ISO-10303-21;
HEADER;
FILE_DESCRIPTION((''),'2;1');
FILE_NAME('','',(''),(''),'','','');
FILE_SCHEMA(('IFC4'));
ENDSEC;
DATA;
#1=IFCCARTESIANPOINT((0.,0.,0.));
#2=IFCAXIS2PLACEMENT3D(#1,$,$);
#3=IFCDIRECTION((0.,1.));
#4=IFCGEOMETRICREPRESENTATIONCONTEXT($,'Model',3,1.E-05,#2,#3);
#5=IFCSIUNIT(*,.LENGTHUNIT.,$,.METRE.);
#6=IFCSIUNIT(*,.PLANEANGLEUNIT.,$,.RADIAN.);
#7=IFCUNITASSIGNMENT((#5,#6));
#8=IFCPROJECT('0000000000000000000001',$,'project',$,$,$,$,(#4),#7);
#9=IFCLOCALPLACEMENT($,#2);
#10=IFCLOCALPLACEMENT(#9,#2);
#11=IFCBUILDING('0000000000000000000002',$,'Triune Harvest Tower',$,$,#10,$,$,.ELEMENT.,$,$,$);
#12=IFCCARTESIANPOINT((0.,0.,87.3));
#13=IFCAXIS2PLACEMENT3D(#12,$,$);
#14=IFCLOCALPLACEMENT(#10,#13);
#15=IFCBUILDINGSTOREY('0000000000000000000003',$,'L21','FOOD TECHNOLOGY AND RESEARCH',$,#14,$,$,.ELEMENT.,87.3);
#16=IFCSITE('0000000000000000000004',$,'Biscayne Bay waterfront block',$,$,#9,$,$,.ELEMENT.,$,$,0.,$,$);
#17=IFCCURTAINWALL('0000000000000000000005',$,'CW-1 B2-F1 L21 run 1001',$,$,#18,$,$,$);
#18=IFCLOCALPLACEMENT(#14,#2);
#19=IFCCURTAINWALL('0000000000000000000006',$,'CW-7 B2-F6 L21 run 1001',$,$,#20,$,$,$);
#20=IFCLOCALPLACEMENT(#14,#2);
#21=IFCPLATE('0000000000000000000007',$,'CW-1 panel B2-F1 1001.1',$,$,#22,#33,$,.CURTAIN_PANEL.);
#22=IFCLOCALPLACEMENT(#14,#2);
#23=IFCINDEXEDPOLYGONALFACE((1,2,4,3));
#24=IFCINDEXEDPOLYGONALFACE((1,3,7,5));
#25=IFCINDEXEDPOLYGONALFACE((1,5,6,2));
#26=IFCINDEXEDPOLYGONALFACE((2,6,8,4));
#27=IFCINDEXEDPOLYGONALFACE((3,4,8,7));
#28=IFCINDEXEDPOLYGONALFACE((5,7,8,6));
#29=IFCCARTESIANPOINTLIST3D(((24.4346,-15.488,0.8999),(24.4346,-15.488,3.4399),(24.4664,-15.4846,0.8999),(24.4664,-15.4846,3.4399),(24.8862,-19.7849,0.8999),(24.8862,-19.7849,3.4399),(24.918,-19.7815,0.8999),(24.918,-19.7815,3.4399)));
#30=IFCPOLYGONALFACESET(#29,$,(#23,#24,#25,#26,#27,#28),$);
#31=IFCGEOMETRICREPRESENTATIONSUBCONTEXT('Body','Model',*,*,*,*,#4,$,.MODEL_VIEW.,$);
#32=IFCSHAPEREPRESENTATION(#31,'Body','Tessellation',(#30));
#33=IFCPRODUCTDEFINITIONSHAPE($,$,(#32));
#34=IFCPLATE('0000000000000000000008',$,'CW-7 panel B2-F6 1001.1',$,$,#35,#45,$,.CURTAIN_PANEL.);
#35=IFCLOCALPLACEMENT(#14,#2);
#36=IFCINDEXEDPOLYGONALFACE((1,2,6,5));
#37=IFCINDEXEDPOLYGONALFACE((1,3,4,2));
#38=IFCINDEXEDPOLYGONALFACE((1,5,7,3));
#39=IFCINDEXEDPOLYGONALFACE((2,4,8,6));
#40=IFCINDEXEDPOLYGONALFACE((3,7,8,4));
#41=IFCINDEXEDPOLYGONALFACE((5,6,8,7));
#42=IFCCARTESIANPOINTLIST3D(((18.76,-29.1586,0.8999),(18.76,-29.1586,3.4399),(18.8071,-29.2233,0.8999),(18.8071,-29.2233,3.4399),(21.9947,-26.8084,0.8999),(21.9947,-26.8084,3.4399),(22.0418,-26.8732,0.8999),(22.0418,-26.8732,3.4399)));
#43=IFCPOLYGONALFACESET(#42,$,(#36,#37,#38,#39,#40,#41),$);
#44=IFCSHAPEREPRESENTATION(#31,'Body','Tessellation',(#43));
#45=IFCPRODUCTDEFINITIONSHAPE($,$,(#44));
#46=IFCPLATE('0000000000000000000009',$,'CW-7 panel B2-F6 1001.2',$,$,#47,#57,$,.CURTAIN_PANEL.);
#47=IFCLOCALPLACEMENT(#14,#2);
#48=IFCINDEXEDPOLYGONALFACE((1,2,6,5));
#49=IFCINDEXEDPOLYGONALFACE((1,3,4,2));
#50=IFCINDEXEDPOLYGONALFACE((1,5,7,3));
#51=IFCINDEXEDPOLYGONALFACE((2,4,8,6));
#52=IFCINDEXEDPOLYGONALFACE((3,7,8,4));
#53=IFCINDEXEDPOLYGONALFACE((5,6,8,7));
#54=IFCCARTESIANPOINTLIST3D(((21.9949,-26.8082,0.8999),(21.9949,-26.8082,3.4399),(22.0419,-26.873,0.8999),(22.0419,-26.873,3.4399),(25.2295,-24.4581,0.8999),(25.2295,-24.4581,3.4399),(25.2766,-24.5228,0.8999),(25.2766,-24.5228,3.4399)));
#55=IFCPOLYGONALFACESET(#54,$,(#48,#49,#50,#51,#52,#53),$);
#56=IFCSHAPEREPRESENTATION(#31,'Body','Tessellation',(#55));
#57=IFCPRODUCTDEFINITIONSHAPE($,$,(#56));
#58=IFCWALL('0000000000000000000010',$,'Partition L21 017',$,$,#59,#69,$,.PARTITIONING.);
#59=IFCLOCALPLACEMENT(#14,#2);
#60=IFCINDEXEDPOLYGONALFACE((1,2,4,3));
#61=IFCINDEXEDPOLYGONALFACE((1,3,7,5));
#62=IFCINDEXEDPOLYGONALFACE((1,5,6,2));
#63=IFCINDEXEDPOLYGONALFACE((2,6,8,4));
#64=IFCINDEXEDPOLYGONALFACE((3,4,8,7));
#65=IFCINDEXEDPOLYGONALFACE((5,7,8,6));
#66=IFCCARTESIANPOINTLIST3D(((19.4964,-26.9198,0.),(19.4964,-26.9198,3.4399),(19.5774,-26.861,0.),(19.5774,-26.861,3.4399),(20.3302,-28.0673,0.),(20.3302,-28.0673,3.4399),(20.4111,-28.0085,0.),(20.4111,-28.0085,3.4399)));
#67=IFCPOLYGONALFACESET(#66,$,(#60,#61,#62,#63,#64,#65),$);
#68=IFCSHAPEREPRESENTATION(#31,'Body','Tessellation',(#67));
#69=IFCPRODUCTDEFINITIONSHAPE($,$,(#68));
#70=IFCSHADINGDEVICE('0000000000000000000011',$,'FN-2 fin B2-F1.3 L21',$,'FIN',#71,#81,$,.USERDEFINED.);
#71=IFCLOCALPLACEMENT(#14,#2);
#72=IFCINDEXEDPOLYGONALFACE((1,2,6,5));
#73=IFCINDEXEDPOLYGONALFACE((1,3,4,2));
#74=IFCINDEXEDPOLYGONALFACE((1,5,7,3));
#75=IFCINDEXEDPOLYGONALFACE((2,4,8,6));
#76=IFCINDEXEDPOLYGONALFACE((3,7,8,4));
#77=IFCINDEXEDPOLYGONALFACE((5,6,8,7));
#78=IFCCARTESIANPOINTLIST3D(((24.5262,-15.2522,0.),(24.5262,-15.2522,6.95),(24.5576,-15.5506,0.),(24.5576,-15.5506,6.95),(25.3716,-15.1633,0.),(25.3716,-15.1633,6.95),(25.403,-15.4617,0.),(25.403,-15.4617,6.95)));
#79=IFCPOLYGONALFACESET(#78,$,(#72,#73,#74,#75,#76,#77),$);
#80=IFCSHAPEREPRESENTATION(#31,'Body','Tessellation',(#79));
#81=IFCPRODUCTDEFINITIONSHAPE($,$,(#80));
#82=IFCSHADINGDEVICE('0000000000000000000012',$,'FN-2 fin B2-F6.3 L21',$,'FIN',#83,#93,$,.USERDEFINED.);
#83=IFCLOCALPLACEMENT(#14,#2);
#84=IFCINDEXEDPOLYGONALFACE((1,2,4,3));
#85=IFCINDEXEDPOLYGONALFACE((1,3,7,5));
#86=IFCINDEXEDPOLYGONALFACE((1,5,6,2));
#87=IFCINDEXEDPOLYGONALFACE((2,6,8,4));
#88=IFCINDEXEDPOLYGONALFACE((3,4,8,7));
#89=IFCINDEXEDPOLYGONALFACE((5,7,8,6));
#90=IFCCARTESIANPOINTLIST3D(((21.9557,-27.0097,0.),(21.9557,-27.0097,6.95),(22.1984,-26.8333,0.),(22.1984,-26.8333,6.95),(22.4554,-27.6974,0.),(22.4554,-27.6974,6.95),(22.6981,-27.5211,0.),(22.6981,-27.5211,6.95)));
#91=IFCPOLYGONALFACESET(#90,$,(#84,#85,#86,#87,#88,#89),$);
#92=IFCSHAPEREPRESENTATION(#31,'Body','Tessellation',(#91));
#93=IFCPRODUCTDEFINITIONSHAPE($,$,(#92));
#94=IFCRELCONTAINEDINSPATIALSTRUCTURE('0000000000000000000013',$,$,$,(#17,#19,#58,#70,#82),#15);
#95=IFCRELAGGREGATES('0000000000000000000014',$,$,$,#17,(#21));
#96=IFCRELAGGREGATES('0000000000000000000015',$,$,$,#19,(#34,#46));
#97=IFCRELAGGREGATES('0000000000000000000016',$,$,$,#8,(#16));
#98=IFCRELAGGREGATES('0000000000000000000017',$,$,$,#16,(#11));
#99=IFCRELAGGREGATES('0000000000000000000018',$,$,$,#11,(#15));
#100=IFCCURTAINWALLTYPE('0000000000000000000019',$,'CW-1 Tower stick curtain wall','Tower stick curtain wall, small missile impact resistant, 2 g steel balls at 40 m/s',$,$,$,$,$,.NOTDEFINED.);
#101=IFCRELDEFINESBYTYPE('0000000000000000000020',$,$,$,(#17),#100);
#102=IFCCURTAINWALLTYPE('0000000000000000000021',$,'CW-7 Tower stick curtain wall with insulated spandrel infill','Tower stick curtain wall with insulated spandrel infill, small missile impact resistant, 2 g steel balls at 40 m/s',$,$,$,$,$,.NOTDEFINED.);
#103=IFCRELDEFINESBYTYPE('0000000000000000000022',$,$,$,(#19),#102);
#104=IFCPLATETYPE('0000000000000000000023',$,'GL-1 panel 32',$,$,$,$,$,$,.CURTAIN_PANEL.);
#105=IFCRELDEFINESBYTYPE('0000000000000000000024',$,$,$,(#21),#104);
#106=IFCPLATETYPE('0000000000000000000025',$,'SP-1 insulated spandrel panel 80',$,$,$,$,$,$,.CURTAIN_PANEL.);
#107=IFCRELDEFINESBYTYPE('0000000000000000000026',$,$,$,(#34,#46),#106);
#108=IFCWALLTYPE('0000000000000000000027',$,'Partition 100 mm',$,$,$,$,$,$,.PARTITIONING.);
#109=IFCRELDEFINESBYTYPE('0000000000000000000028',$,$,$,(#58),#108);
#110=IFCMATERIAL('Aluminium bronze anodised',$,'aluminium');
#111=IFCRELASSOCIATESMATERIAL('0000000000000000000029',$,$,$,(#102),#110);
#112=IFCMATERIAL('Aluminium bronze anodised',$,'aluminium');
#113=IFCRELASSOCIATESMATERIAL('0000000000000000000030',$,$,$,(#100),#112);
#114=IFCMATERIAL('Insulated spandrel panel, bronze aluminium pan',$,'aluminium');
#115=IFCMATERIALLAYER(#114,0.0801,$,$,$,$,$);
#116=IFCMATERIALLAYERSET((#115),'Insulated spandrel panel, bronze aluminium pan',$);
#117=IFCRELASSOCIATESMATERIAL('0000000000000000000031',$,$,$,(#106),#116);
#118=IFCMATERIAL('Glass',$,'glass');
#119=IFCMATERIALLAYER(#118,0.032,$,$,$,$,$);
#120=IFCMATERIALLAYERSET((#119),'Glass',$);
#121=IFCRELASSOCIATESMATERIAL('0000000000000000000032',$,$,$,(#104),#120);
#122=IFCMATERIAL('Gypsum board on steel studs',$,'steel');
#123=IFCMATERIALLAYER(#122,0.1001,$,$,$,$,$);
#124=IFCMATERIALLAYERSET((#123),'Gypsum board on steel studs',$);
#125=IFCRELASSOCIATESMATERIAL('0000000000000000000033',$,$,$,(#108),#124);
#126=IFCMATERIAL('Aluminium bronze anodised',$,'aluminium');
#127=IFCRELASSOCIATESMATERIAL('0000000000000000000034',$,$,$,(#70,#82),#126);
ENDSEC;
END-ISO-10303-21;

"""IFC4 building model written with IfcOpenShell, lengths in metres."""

from ifc_helpers import new_model, si_unit, direction, frame, frame_2d, origin, origin_2d, place, context, subcontext, project, spatial, rectangle, extrude, source, transform, mapped, material, layer, layer_set, type_object, element, aggregate, save


model = new_model("IFC4")

# Units and contexts
model_context = context("Model", 3, precision=1e-05, world=origin(), true_north=direction((0.0, 1.0)))
body_context = subcontext(model_context, "Body", "Model", "MODEL_VIEW")
ifc_project = project(units=[si_unit("LENGTHUNIT", "METRE"), si_unit("PLANEANGLEUNIT", "RADIAN")], contexts=[model_context])

# Site, building, storey
site_placement = place(None, origin())
site = spatial("IfcSite", under=ifc_project, at=site_placement, Name="Biscayne Bay waterfront block", CompositionType="ELEMENT", RefElevation=0.0)
building_placement = place(site_placement, origin())
building = spatial("IfcBuilding", under=site, at=building_placement, Name="Triune Harvest Tower", CompositionType="ELEMENT")
storey_placement = place(building_placement, frame((0.0, 0.0, 87.3)))
storey = spatial("IfcBuildingStorey", under=building, at=storey_placement, Name="L21", Description="FOOD TECHNOLOGY AND RESEARCH", CompositionType="ELEMENT", Elevation=87.3)

# Curtain wall
ifc_material_1 = material(Name="Aluminium bronze anodised", Category="aluminium")
curtain_wall_type_1 = type_object("IfcCurtainWallType", Name="CW-7 Tower stick curtain wall with insulated spandrel infill", Description="Tower stick curtain wall with insulated spandrel infill, small missile impact resistant, 2 g steel balls at 40 m/s", PredefinedType="NOTDEFINED", material=ifc_material_1)
ifc_material_2 = material(Name="Aluminium bronze anodised", Category="aluminium")
curtain_wall_type_2 = type_object("IfcCurtainWallType", Name="CW-1 Tower stick curtain wall", Description="Tower stick curtain wall, small missile impact resistant, 2 g steel balls at 40 m/s", PredefinedType="NOTDEFINED", material=ifc_material_2)
curtain_wall_1_placement = place(storey_placement, origin())
curtain_wall_1 = element("IfcCurtainWall", 1, at=curtain_wall_1_placement, inside=storey, type_object=curtain_wall_type_2, Name="CW-1 B2-F1 L21 run 1001")

# Curtain wall
curtain_wall_2_placement = place(storey_placement, origin())
curtain_wall_2 = element("IfcCurtainWall", 2, at=curtain_wall_2_placement, inside=storey, type_object=curtain_wall_type_1, Name="CW-7 B2-F6 L21 run 1001")

# Plates
ifc_material_3 = material(Name="Insulated spandrel panel, bronze aluminium pan", Category="aluminium")
ifc_layer_1 = layer(ifc_material_3, 0.0801)
ifc_layer_set_1 = layer_set([ifc_layer_1], Name="Insulated spandrel panel, bronze aluminium pan")
plate_type_1 = type_object("IfcPlateType", Name="SP-1 insulated spandrel panel 80", PredefinedType="CURTAIN_PANEL", material=ifc_layer_set_1)
ifc_material_4 = material(Name="Glass", Category="glass")
ifc_layer_2 = layer(ifc_material_4, 0.032)
ifc_layer_set_2 = layer_set([ifc_layer_2], Name="Glass")
plate_type_2 = type_object("IfcPlateType", Name="GL-1 panel 32", PredefinedType="CURTAIN_PANEL", material=ifc_layer_set_2)
shared_shape_1 = source(origin(), body_context, "Body", "SweptSolid", [
    extrude(rectangle(XDim=4.3206, YDim=0.032, at=origin_2d()), origin(), (0.0, 0.0, 1.0), 2.54),
])
plate_1_placement = place(storey_placement, frame((24.6763, -17.6348, 0.8999), z_axis=(0.0, 0.0, 1.0), x_axis=(-0.104528, 0.994522, 0.0)))
plate_1 = element("IfcPlate", 3, at=plate_1_placement, type_object=plate_type_2, Name="CW-1 panel B2-F1 1001.1", PredefinedType="CURTAIN_PANEL", context=body_context, shape_type="MappedRepresentation", body=[
    mapped(shared_shape_1, transform((0.0, 0.0, 0.0), scale=1.0)),
])
aggregate(curtain_wall_1, [plate_1])
shared_shape_2 = source(origin(), body_context, "Body", "SweptSolid", [
    extrude(rectangle(XDim=3.9983, YDim=0.0801, at=origin_2d()), origin(), (0.0, 0.0, 1.0), 2.54),
])
plate_2_placement = place(storey_placement, frame((20.4009, -28.0159, 0.8999), z_axis=(0.0, 0.0, 1.0), x_axis=(0.809015, 0.587788, 0.0)))
plate_2 = element("IfcPlate", 4, at=plate_2_placement, type_object=plate_type_1, Name="CW-7 panel B2-F6 1001.1", PredefinedType="CURTAIN_PANEL", context=body_context, shape_type="MappedRepresentation", body=[
    mapped(shared_shape_2, transform((0.0, 0.0, 0.0), scale=1.0)),
])
plate_3_placement = place(storey_placement, frame((23.6357, -25.6655, 0.8999), z_axis=(0.0, 0.0, 1.0), x_axis=(0.809015, 0.587788, 0.0)))
plate_3 = element("IfcPlate", 5, at=plate_3_placement, type_object=plate_type_1, Name="CW-7 panel B2-F6 1001.2", PredefinedType="CURTAIN_PANEL", context=body_context, shape_type="MappedRepresentation", body=[
    mapped(shared_shape_2, transform((0.0, 0.0, 0.0), scale=1.0)),
])
aggregate(curtain_wall_2, [plate_2, plate_3])

# Wall
ifc_material_5 = material(Name="Gypsum board on steel studs", Category="steel")
ifc_layer_3 = layer(ifc_material_5, 0.1001)
ifc_layer_set_3 = layer_set([ifc_layer_3], Name="Gypsum board on steel studs")
wall_type = type_object("IfcWallType", Name="Partition 100 mm", PredefinedType="PARTITIONING", material=ifc_layer_set_3)
shared_shape_3 = source(origin(), body_context, "Body", "SweptSolid", [
    extrude(rectangle(XDim=1.4185, YDim=0.1001, at=frame_2d((0.7092, 0.0))), origin(), (0.0, 0.0, 1.0), 3.4399),
])
wall_placement = place(storey_placement, frame((19.5369, -26.8904, 0.0), z_axis=(0.0, 0.0, 1.0), x_axis=(0.587813, -0.808997, 0.0)))
element("IfcWall", 6, at=wall_placement, inside=storey, type_object=wall_type, Name="Partition L21 017", PredefinedType="PARTITIONING", context=body_context, shape_type="MappedRepresentation", body=[
    mapped(shared_shape_3, transform((0.0, 0.0, 0.0), scale=1.0)),
])

# Shading devices
ifc_material_6 = material(Name="Aluminium bronze anodised", Category="aluminium")
shared_shape_4 = source(origin(), body_context, "Body", "SweptSolid", [
    extrude(rectangle(XDim=0.3, YDim=0.8501, at=origin_2d()), origin(), (0.0, 0.0, 1.0), 6.95),
])
for number, where, z_axis, x_axis, name in (
    (7, (24.9646, -15.3569, 0.0), (0.0, 0.0, 1.0), (-0.104528, 0.994522, 0.0), "FN-2 fin B2-F1.3 L21"),
    (8, (22.3269, -27.2654, 0.0), (0.0, 0.0, 1.0), (0.809013, 0.58779, 0.0), "FN-2 fin B2-F6.3 L21"),
):
    element("IfcShadingDevice", number, at=place(storey_placement, frame(where, z_axis=z_axis, x_axis=x_axis)), inside=storey, material=ifc_material_6, Name=name, ObjectType="FIN", PredefinedType="USERDEFINED", context=body_context, shape_type="MappedRepresentation", body=[
        mapped(shared_shape_4, transform((0.0, 0.0, 0.0), scale=1.0)),
    ])

save(model, "model.ifc")
